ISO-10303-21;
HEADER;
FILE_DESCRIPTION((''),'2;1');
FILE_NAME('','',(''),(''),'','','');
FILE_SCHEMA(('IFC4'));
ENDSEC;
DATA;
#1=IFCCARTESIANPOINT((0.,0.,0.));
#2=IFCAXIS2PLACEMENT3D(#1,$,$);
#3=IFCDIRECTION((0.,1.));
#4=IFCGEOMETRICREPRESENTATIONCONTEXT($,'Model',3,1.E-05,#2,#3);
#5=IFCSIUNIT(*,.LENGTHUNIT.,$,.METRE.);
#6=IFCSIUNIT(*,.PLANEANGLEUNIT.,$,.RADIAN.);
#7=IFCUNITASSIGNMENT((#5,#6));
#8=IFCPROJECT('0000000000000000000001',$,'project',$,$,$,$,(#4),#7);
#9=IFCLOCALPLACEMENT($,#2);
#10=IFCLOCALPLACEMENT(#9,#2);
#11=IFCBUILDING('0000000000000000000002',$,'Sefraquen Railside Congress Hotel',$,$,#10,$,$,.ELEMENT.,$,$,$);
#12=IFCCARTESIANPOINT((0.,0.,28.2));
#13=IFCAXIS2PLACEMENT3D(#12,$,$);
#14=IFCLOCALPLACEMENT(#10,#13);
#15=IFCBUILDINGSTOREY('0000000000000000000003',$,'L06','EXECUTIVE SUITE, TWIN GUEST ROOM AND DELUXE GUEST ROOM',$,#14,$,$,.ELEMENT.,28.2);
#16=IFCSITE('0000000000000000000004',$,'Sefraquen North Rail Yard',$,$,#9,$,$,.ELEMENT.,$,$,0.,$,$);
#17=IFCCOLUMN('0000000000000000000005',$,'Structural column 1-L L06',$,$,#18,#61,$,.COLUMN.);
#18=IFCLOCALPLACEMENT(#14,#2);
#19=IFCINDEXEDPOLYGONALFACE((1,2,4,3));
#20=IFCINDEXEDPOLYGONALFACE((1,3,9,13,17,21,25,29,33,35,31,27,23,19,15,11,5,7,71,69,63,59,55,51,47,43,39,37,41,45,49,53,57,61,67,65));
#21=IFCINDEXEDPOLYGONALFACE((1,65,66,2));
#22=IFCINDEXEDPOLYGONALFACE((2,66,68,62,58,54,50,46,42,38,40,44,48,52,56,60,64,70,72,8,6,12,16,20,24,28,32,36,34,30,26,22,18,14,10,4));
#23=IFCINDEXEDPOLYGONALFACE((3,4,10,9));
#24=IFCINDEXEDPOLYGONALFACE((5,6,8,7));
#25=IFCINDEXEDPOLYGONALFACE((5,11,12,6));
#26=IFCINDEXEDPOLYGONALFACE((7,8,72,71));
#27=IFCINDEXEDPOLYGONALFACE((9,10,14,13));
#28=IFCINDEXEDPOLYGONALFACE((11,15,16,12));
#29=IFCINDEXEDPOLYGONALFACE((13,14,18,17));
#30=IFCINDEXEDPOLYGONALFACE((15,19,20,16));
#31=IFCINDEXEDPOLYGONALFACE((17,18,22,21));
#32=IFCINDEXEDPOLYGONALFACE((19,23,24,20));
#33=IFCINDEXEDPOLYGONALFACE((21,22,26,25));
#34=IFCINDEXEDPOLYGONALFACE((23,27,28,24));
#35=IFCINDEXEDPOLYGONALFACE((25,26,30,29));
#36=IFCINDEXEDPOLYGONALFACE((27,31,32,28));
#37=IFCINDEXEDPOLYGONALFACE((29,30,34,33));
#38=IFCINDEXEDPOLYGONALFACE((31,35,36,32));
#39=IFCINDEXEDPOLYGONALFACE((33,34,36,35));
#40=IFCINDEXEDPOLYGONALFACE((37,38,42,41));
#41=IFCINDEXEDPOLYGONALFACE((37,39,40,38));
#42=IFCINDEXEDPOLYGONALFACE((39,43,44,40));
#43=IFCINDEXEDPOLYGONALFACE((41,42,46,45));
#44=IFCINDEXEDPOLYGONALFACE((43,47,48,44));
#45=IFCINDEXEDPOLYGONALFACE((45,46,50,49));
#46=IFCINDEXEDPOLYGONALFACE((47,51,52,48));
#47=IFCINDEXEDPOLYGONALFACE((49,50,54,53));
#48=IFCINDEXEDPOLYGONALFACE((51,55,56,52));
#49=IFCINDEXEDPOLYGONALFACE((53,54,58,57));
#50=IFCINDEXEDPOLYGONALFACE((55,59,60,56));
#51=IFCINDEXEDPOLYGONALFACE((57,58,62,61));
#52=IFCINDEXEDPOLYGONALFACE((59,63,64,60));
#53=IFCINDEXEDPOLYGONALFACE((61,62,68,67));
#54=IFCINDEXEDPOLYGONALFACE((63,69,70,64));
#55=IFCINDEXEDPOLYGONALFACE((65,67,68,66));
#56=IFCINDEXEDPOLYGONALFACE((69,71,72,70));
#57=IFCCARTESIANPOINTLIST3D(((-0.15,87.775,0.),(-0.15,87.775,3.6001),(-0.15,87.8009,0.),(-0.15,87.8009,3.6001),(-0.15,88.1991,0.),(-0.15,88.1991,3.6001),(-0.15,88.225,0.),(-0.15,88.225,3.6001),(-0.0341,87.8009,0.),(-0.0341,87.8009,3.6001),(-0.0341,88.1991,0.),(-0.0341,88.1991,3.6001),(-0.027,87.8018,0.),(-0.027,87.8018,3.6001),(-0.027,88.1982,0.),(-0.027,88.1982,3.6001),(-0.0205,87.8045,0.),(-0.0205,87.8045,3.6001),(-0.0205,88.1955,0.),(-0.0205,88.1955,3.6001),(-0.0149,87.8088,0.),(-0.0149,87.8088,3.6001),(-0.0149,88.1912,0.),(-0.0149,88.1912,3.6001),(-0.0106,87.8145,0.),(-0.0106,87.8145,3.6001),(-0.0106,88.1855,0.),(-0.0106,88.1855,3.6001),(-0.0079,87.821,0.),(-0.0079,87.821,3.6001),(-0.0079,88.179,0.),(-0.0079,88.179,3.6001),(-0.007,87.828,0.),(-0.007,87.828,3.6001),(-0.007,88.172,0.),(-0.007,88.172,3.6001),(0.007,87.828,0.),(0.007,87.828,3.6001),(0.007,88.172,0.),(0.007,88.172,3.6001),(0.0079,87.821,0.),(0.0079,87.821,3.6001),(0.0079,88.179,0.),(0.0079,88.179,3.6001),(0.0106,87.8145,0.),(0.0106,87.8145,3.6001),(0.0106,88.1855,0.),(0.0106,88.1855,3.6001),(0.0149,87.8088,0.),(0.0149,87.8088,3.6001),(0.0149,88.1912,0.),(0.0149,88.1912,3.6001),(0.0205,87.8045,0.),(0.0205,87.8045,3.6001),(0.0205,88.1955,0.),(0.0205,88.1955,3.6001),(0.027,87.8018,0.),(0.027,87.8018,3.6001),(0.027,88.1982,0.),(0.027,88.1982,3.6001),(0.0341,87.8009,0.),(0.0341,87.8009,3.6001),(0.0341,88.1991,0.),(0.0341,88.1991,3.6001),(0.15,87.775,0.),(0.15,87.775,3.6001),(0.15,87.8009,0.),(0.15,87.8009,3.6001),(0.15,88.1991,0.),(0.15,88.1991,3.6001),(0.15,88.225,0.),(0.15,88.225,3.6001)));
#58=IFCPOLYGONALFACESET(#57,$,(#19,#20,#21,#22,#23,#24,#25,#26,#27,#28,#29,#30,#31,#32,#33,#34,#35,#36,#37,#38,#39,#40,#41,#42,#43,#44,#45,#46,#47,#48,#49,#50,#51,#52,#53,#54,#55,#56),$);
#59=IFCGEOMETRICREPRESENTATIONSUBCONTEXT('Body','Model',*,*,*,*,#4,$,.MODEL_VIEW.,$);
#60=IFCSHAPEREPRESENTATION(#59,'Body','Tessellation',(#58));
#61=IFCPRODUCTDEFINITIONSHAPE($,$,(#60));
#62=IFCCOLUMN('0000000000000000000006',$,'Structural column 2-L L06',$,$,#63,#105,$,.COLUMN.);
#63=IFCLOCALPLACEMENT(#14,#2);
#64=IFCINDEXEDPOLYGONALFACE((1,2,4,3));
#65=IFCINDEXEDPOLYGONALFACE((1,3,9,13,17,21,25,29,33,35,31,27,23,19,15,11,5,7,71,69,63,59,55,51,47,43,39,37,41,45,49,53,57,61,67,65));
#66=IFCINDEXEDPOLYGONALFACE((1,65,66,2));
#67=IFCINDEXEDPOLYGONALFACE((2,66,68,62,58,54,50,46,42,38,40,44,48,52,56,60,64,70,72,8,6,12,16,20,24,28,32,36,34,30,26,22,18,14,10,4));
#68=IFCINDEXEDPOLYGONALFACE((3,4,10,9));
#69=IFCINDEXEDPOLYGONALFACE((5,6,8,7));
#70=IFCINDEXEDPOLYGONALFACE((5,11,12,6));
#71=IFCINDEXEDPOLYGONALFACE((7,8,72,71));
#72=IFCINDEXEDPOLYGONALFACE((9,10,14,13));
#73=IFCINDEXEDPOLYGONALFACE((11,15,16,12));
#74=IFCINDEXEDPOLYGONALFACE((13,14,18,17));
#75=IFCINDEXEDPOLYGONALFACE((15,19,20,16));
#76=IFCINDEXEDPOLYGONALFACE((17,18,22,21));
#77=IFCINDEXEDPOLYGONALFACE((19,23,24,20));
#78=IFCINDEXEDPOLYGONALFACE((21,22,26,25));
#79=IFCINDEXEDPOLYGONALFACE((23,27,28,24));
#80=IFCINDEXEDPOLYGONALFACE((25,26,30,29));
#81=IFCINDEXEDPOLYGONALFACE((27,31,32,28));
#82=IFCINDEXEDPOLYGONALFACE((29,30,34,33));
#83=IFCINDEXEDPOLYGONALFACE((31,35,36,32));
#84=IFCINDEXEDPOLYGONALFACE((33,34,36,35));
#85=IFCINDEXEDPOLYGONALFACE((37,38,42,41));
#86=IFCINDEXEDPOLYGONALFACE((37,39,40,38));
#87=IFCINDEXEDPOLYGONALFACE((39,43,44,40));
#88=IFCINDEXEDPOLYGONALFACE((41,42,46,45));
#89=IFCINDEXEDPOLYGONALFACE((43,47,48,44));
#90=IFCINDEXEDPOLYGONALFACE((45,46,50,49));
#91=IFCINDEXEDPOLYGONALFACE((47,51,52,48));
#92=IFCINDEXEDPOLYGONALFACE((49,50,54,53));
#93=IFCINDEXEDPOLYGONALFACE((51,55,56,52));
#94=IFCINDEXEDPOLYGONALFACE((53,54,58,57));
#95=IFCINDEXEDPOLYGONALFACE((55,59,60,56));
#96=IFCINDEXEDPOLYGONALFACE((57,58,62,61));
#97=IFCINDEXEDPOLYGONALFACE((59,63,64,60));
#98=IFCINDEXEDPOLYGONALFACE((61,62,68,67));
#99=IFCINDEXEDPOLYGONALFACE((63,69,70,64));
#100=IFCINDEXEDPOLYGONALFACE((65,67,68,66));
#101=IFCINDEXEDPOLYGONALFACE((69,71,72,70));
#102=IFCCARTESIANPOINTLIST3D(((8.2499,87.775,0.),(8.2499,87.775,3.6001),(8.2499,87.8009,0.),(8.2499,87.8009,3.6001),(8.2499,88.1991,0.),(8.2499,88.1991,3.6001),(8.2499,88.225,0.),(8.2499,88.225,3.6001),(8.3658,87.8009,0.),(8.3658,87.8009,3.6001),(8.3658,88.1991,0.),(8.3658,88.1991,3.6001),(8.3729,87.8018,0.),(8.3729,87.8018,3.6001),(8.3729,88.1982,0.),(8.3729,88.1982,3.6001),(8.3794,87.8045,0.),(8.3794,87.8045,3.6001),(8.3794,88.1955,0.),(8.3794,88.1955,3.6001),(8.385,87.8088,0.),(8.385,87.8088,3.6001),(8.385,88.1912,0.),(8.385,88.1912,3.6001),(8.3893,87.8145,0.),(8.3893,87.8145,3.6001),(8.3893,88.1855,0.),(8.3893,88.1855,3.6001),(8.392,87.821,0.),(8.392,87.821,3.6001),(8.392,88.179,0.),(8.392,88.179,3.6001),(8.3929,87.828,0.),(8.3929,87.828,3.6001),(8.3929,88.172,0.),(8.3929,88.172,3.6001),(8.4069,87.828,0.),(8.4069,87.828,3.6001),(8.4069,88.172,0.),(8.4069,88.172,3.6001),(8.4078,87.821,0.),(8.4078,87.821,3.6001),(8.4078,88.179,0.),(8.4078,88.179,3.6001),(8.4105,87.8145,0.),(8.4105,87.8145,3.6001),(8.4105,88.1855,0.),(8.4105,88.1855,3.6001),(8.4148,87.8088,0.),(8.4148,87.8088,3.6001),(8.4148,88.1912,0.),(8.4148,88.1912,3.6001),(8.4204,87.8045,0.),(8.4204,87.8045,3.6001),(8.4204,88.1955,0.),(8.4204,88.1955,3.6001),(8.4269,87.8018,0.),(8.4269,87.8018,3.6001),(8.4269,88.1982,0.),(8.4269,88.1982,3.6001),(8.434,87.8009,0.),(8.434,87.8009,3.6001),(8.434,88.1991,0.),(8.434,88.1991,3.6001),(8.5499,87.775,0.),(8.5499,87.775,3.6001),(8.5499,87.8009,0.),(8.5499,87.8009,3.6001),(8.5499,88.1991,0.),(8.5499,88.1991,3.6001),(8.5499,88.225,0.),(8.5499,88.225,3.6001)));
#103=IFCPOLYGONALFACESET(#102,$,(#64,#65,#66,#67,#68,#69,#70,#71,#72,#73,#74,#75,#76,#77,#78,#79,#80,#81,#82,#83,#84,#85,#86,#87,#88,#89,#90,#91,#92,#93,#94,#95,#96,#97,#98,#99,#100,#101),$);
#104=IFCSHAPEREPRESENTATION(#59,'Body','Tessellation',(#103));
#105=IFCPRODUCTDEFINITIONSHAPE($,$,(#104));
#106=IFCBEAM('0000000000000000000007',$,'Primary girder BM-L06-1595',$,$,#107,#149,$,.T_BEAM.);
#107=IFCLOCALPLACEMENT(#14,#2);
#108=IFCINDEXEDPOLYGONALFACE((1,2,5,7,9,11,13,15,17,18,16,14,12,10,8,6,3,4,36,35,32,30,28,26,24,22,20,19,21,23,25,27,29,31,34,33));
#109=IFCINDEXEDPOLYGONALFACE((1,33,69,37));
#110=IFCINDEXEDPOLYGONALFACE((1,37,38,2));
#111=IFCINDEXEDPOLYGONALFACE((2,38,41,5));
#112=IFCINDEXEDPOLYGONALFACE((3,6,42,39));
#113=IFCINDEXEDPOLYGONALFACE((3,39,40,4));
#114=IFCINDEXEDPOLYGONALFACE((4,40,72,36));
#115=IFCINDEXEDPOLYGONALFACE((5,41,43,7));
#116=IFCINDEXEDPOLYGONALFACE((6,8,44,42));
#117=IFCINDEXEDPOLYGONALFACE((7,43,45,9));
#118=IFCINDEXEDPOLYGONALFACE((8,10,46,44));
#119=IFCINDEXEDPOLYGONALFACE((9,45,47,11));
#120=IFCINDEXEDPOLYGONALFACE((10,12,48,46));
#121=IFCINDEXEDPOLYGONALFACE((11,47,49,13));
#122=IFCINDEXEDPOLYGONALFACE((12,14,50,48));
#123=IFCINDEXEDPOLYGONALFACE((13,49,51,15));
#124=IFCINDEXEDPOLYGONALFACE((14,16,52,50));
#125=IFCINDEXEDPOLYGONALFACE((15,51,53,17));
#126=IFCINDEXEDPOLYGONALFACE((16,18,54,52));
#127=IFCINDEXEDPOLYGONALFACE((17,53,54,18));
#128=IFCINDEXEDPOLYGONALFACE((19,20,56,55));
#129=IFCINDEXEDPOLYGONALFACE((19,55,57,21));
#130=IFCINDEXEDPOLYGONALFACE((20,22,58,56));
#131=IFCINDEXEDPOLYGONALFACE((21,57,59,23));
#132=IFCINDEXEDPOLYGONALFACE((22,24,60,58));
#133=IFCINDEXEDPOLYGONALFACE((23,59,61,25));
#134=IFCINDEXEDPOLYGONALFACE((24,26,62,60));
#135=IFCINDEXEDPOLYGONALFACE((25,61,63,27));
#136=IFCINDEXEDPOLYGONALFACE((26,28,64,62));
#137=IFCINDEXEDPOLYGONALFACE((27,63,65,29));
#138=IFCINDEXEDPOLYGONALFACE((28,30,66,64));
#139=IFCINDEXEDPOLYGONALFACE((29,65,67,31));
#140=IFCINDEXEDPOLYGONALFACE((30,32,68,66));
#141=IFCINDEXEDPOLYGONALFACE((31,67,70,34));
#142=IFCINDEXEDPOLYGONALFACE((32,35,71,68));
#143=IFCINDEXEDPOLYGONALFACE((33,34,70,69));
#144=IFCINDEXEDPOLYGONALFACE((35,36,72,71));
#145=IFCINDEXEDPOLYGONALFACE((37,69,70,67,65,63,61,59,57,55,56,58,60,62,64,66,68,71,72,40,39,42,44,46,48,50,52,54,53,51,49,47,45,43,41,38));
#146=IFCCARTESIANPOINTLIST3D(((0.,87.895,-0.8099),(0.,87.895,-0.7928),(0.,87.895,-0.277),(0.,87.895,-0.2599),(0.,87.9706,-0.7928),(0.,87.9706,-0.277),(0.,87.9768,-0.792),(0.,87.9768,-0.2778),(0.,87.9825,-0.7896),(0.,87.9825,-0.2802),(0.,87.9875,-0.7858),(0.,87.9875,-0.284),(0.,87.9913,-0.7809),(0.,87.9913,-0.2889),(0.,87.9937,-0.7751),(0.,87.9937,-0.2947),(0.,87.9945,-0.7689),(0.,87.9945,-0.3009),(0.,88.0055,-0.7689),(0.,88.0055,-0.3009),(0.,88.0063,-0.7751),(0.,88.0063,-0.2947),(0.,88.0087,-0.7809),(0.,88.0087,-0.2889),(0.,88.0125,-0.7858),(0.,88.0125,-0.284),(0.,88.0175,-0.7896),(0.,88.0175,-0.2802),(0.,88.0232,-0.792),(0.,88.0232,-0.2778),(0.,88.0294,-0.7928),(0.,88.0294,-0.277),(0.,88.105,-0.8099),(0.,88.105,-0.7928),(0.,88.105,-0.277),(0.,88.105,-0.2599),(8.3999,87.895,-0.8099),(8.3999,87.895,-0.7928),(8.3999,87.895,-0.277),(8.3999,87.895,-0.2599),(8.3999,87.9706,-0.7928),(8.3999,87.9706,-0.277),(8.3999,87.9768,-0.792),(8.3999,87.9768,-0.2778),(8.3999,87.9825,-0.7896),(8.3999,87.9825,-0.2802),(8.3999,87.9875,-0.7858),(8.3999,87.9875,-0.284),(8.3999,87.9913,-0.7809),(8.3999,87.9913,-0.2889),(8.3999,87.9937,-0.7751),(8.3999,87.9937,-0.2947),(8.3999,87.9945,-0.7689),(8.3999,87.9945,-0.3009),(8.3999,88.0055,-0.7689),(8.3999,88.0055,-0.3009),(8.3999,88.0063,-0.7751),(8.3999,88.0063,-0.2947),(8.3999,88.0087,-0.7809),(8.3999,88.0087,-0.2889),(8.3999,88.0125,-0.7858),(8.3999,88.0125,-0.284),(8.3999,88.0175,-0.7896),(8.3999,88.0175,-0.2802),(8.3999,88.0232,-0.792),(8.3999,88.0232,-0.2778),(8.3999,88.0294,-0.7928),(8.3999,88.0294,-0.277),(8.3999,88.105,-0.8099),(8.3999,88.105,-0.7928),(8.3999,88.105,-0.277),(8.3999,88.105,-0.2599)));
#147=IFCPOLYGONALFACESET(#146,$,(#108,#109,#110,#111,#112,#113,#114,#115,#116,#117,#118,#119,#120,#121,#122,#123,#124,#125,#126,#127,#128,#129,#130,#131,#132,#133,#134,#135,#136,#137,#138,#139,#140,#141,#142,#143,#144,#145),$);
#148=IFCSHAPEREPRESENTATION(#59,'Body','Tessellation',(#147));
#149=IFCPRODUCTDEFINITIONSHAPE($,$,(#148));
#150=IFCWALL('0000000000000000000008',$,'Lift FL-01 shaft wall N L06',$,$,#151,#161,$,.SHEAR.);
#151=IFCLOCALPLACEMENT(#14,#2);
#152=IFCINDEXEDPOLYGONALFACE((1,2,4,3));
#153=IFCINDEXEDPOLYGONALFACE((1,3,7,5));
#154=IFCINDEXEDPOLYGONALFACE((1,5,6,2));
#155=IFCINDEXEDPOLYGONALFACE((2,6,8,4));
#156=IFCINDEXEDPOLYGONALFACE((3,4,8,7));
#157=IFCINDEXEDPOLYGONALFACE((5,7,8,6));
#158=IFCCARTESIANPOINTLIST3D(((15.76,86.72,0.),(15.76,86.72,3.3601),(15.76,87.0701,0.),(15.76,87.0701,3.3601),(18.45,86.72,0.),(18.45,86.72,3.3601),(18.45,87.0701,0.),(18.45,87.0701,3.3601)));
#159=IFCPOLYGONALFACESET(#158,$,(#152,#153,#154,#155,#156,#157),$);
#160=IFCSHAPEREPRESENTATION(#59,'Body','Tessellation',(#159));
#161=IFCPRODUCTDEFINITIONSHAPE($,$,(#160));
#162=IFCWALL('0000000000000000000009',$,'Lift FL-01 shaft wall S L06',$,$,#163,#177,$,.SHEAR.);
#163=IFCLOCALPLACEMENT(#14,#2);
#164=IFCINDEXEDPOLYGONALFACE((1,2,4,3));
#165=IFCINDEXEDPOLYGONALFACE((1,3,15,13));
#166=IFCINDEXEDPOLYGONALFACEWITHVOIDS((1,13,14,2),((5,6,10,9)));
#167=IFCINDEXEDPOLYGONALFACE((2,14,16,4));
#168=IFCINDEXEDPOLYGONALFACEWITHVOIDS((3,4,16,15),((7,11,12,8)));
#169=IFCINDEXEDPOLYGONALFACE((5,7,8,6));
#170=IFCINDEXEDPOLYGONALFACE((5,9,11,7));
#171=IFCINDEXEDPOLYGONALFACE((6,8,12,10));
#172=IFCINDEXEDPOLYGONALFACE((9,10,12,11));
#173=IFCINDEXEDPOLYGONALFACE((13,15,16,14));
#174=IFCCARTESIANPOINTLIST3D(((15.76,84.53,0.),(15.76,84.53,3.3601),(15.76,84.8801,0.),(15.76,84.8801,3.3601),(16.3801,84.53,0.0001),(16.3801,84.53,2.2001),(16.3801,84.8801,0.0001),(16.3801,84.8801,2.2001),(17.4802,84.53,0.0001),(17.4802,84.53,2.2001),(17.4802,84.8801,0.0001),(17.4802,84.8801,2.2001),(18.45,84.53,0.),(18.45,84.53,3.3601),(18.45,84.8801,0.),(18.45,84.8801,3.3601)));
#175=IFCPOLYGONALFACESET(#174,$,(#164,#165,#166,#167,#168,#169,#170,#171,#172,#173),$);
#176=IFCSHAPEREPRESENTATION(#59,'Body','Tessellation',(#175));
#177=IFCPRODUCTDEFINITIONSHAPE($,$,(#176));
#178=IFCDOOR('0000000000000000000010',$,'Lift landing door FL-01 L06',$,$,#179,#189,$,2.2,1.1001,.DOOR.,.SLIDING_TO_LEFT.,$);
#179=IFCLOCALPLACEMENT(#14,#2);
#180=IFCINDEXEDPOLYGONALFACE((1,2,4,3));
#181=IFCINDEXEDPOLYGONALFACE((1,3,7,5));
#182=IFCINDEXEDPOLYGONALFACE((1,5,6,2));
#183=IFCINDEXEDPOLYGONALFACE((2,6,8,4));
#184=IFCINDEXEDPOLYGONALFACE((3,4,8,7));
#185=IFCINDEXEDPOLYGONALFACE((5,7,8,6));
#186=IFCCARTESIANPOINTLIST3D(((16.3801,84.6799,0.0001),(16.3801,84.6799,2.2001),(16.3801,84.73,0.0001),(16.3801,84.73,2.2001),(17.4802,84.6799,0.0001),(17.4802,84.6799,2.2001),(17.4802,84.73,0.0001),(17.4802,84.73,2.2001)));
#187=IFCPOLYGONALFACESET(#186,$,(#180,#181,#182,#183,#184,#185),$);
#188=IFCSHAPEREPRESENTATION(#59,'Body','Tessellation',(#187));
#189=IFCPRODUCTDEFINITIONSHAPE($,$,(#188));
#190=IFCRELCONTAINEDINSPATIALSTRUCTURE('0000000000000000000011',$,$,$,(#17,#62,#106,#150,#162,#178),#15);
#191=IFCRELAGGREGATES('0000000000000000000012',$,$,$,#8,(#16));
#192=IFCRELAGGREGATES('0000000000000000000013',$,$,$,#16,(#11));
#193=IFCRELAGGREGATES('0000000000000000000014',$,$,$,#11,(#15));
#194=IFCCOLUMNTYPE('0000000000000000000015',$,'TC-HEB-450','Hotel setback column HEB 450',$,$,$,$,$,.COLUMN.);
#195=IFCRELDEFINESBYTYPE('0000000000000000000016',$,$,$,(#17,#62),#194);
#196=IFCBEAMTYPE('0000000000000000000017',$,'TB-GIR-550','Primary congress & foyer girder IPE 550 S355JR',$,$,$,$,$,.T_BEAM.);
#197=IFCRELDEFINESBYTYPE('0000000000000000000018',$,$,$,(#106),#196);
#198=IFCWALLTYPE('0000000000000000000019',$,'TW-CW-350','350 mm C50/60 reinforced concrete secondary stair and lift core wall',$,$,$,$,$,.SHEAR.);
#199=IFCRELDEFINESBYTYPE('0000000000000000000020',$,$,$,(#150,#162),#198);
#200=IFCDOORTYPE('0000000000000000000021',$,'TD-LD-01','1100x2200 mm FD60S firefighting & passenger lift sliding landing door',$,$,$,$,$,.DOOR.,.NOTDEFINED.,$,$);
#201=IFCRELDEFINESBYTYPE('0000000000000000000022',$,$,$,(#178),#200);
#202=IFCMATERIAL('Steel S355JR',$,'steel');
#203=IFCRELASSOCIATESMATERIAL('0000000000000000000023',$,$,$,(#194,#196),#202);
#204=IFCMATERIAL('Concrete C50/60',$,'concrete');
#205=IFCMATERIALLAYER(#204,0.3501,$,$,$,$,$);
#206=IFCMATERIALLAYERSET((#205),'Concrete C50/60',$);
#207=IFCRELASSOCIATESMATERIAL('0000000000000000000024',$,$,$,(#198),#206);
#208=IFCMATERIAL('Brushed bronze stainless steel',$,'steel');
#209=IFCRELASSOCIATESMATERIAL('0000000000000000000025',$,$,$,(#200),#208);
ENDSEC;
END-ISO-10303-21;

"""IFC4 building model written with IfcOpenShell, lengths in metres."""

from ifc_helpers import new_model, si_unit, direction, frame, frame_2d, origin, origin_2d, place, context, subcontext, project, spatial, rectangle, i_section, extrude, material, layer, layer_set, material_profile, profile_set, type_object, element, fill, save


model = new_model("IFC4")

# Units and contexts
model_context = context("Model", 3, precision=1e-05, world=origin(), true_north=direction((0.0, 1.0)))
body_context = subcontext(model_context, "Body", "Model", "MODEL_VIEW")
ifc_project = project(units=[si_unit("LENGTHUNIT", "METRE"), si_unit("PLANEANGLEUNIT", "RADIAN")], contexts=[model_context])

# Site, building, storey
site_placement = place(None, origin())
site = spatial("IfcSite", under=ifc_project, at=site_placement, Name="Sefraquen North Rail Yard", CompositionType="ELEMENT", RefElevation=0.0)
building_placement = place(site_placement, origin())
building = spatial("IfcBuilding", under=site, at=building_placement, Name="Sefraquen Railside Congress Hotel", CompositionType="ELEMENT")
storey_placement = place(building_placement, frame((0.0, 0.0, 28.2)))
storey = spatial("IfcBuildingStorey", under=building, at=storey_placement, Name="L06", Description="EXECUTIVE SUITE, TWIN GUEST ROOM AND DELUXE GUEST ROOM", CompositionType="ELEMENT", Elevation=28.2)

# Columns
ifc_material_1 = material(Name="Steel S355JR", Category="steel")
ifc_material_profile_1 = material_profile(ifc_material_1, i_section(OverallWidth=0.3, OverallDepth=0.45, WebThickness=0.0139, FlangeThickness=0.0259, FilletRadius=0.0271, at=origin_2d()), Name="HEB 450")
ifc_profile_set_1 = profile_set([ifc_material_profile_1], Name="Steel S355JR")
column_type = type_object("IfcColumnType", Name="TC-HEB-450", Description="Hotel setback column HEB 450", PredefinedType="COLUMN", material=ifc_profile_set_1)
for number, where, z_axis, x_axis, name in (
    (1, (0.0, 88.0, 0.0), (0.0, 0.0, 1.0), (1.0, 0.0, 0.0), "Structural column 1-L L06"),
    (2, (8.3999, 88.0, 0.0), (0.0, 0.0, 1.0), (1.0, 0.0, 0.0), "Structural column 2-L L06"),
):
    element("IfcColumn", number, at=place(storey_placement, frame(where, z_axis=z_axis, x_axis=x_axis)), inside=storey, type_object=column_type, Name=name, PredefinedType="COLUMN", context=body_context, shape_type="SweptSolid", body=[
        extrude(i_section(OverallWidth=0.3, OverallDepth=0.45, WebThickness=0.0139, FlangeThickness=0.0259, FilletRadius=0.0271, at=origin_2d()), origin(), (0.0, 0.0, 1.0), 3.6001),
    ])

# Beam
ifc_material_profile_2 = material_profile(ifc_material_1, i_section(OverallWidth=0.21, OverallDepth=0.55, WebThickness=0.011, FlangeThickness=0.0171, FilletRadius=0.0239, at=origin_2d()), Name="IPE 550")
ifc_profile_set_2 = profile_set([ifc_material_profile_2], Name="Steel S355JR")
beam_type = type_object("IfcBeamType", Name="TB-GIR-550", Description="Primary congress & foyer girder IPE 550 S355JR", PredefinedType="T_BEAM", material=ifc_profile_set_2)
beam_placement = place(storey_placement, frame((0.0, 88.0, -0.5349), z_axis=(1.0, 0.0, 0.0), x_axis=(0.0, 1.0, 0.0)))
element("IfcBeam", 3, at=beam_placement, inside=storey, type_object=beam_type, Name="Primary girder BM-L06-1595", PredefinedType="T_BEAM", context=body_context, shape_type="SweptSolid", body=[
    extrude(i_section(OverallWidth=0.21, OverallDepth=0.55, WebThickness=0.011, FlangeThickness=0.0171, FilletRadius=0.0239, at=origin_2d()), origin(), (0.0, 0.0, 1.0), 8.3999),
])

# Wall
ifc_material_2 = material(Name="Concrete C50/60", Category="concrete")
ifc_layer_1 = layer(ifc_material_2, 0.3501)
ifc_layer_set_1 = layer_set([ifc_layer_1], Name="Concrete C50/60")
wall_type_1 = type_object("IfcWallType", Name="TW-CW-350", Description="350 mm C50/60 reinforced concrete secondary stair and lift core wall", PredefinedType="SHEAR", material=ifc_layer_set_1)
wall_1_placement = place(storey_placement, frame((15.76, 86.895, 0.0), z_axis=(0.0, 0.0, 1.0), x_axis=(1.0, 0.0, 0.0)))
element("IfcWall", 4, at=wall_1_placement, inside=storey, type_object=wall_type_1, Name="Lift FL-01 shaft wall N L06", PredefinedType="SHEAR", context=body_context, shape_type="SweptSolid", body=[
    extrude(rectangle(XDim=2.6899, YDim=0.3501, at=frame_2d((1.345, 0.0))), origin(), (0.0, 0.0, 1.0), 3.3601),
])

# Wall, opening, door
wall_2_placement = place(storey_placement, frame((15.76, 84.7051, 0.0), z_axis=(0.0, 0.0, 1.0), x_axis=(1.0, 0.0, 0.0)))
wall_2 = element("IfcWall", 5, at=wall_2_placement, inside=storey, type_object=wall_type_1, Name="Lift FL-01 shaft wall S L06", PredefinedType="SHEAR", context=body_context, shape_type="SweptSolid", body=[
    extrude(rectangle(XDim=2.6899, YDim=0.3501, at=frame_2d((1.345, 0.0))), origin(), (0.0, 0.0, 1.0), 3.3601),
])
opening_1_placement = place(wall_2_placement, frame((0.6201, 0.0, 0.0)))
opening_1 = element("IfcOpeningElement", 6, at=opening_1_placement, cuts=wall_2, PredefinedType="OPENING", context=body_context, shape_type="SweptSolid", body=[
    extrude(rectangle(XDim=1.1001, YDim=2.2, at=frame_2d((0.55, 1.1001))), frame((0.0, 0.1851, 0.0), z_axis=(0.0, -1.0, 0.0), x_axis=(1.0, 0.0, 0.0)), (0.0, 0.0, 1.0), 0.3701),
])
ifc_material_3 = material(Name="Brushed bronze stainless steel", Category="steel")
door_type_1 = type_object("IfcDoorType", Name="TD-LD-01", Description="1100x2200 mm FD60S firefighting & passenger lift sliding landing door", OperationType="NOTDEFINED", PredefinedType="DOOR", material=ifc_material_3)
door_1_placement = place(opening_1_placement, origin())
door_1 = element("IfcDoor", 7, at=door_1_placement, inside=storey, type_object=door_type_1, Name="Lift landing door FL-01 L06", OperationType="SLIDING_TO_LEFT", OverallHeight=2.2, OverallWidth=1.1001, PredefinedType="DOOR", context=body_context, shape_type="SweptSolid", body=[
    extrude(rectangle(XDim=1.1001, YDim=2.2, at=frame_2d((0.55, 1.1001))), frame((0.0, 0.0249, 0.0), z_axis=(0.0, -1.0, 0.0), x_axis=(1.0, 0.0, 0.0)), (0.0, 0.0, 1.0), 0.05),
])
fill(opening_1, door_1)

save(model, "model.ifc")
